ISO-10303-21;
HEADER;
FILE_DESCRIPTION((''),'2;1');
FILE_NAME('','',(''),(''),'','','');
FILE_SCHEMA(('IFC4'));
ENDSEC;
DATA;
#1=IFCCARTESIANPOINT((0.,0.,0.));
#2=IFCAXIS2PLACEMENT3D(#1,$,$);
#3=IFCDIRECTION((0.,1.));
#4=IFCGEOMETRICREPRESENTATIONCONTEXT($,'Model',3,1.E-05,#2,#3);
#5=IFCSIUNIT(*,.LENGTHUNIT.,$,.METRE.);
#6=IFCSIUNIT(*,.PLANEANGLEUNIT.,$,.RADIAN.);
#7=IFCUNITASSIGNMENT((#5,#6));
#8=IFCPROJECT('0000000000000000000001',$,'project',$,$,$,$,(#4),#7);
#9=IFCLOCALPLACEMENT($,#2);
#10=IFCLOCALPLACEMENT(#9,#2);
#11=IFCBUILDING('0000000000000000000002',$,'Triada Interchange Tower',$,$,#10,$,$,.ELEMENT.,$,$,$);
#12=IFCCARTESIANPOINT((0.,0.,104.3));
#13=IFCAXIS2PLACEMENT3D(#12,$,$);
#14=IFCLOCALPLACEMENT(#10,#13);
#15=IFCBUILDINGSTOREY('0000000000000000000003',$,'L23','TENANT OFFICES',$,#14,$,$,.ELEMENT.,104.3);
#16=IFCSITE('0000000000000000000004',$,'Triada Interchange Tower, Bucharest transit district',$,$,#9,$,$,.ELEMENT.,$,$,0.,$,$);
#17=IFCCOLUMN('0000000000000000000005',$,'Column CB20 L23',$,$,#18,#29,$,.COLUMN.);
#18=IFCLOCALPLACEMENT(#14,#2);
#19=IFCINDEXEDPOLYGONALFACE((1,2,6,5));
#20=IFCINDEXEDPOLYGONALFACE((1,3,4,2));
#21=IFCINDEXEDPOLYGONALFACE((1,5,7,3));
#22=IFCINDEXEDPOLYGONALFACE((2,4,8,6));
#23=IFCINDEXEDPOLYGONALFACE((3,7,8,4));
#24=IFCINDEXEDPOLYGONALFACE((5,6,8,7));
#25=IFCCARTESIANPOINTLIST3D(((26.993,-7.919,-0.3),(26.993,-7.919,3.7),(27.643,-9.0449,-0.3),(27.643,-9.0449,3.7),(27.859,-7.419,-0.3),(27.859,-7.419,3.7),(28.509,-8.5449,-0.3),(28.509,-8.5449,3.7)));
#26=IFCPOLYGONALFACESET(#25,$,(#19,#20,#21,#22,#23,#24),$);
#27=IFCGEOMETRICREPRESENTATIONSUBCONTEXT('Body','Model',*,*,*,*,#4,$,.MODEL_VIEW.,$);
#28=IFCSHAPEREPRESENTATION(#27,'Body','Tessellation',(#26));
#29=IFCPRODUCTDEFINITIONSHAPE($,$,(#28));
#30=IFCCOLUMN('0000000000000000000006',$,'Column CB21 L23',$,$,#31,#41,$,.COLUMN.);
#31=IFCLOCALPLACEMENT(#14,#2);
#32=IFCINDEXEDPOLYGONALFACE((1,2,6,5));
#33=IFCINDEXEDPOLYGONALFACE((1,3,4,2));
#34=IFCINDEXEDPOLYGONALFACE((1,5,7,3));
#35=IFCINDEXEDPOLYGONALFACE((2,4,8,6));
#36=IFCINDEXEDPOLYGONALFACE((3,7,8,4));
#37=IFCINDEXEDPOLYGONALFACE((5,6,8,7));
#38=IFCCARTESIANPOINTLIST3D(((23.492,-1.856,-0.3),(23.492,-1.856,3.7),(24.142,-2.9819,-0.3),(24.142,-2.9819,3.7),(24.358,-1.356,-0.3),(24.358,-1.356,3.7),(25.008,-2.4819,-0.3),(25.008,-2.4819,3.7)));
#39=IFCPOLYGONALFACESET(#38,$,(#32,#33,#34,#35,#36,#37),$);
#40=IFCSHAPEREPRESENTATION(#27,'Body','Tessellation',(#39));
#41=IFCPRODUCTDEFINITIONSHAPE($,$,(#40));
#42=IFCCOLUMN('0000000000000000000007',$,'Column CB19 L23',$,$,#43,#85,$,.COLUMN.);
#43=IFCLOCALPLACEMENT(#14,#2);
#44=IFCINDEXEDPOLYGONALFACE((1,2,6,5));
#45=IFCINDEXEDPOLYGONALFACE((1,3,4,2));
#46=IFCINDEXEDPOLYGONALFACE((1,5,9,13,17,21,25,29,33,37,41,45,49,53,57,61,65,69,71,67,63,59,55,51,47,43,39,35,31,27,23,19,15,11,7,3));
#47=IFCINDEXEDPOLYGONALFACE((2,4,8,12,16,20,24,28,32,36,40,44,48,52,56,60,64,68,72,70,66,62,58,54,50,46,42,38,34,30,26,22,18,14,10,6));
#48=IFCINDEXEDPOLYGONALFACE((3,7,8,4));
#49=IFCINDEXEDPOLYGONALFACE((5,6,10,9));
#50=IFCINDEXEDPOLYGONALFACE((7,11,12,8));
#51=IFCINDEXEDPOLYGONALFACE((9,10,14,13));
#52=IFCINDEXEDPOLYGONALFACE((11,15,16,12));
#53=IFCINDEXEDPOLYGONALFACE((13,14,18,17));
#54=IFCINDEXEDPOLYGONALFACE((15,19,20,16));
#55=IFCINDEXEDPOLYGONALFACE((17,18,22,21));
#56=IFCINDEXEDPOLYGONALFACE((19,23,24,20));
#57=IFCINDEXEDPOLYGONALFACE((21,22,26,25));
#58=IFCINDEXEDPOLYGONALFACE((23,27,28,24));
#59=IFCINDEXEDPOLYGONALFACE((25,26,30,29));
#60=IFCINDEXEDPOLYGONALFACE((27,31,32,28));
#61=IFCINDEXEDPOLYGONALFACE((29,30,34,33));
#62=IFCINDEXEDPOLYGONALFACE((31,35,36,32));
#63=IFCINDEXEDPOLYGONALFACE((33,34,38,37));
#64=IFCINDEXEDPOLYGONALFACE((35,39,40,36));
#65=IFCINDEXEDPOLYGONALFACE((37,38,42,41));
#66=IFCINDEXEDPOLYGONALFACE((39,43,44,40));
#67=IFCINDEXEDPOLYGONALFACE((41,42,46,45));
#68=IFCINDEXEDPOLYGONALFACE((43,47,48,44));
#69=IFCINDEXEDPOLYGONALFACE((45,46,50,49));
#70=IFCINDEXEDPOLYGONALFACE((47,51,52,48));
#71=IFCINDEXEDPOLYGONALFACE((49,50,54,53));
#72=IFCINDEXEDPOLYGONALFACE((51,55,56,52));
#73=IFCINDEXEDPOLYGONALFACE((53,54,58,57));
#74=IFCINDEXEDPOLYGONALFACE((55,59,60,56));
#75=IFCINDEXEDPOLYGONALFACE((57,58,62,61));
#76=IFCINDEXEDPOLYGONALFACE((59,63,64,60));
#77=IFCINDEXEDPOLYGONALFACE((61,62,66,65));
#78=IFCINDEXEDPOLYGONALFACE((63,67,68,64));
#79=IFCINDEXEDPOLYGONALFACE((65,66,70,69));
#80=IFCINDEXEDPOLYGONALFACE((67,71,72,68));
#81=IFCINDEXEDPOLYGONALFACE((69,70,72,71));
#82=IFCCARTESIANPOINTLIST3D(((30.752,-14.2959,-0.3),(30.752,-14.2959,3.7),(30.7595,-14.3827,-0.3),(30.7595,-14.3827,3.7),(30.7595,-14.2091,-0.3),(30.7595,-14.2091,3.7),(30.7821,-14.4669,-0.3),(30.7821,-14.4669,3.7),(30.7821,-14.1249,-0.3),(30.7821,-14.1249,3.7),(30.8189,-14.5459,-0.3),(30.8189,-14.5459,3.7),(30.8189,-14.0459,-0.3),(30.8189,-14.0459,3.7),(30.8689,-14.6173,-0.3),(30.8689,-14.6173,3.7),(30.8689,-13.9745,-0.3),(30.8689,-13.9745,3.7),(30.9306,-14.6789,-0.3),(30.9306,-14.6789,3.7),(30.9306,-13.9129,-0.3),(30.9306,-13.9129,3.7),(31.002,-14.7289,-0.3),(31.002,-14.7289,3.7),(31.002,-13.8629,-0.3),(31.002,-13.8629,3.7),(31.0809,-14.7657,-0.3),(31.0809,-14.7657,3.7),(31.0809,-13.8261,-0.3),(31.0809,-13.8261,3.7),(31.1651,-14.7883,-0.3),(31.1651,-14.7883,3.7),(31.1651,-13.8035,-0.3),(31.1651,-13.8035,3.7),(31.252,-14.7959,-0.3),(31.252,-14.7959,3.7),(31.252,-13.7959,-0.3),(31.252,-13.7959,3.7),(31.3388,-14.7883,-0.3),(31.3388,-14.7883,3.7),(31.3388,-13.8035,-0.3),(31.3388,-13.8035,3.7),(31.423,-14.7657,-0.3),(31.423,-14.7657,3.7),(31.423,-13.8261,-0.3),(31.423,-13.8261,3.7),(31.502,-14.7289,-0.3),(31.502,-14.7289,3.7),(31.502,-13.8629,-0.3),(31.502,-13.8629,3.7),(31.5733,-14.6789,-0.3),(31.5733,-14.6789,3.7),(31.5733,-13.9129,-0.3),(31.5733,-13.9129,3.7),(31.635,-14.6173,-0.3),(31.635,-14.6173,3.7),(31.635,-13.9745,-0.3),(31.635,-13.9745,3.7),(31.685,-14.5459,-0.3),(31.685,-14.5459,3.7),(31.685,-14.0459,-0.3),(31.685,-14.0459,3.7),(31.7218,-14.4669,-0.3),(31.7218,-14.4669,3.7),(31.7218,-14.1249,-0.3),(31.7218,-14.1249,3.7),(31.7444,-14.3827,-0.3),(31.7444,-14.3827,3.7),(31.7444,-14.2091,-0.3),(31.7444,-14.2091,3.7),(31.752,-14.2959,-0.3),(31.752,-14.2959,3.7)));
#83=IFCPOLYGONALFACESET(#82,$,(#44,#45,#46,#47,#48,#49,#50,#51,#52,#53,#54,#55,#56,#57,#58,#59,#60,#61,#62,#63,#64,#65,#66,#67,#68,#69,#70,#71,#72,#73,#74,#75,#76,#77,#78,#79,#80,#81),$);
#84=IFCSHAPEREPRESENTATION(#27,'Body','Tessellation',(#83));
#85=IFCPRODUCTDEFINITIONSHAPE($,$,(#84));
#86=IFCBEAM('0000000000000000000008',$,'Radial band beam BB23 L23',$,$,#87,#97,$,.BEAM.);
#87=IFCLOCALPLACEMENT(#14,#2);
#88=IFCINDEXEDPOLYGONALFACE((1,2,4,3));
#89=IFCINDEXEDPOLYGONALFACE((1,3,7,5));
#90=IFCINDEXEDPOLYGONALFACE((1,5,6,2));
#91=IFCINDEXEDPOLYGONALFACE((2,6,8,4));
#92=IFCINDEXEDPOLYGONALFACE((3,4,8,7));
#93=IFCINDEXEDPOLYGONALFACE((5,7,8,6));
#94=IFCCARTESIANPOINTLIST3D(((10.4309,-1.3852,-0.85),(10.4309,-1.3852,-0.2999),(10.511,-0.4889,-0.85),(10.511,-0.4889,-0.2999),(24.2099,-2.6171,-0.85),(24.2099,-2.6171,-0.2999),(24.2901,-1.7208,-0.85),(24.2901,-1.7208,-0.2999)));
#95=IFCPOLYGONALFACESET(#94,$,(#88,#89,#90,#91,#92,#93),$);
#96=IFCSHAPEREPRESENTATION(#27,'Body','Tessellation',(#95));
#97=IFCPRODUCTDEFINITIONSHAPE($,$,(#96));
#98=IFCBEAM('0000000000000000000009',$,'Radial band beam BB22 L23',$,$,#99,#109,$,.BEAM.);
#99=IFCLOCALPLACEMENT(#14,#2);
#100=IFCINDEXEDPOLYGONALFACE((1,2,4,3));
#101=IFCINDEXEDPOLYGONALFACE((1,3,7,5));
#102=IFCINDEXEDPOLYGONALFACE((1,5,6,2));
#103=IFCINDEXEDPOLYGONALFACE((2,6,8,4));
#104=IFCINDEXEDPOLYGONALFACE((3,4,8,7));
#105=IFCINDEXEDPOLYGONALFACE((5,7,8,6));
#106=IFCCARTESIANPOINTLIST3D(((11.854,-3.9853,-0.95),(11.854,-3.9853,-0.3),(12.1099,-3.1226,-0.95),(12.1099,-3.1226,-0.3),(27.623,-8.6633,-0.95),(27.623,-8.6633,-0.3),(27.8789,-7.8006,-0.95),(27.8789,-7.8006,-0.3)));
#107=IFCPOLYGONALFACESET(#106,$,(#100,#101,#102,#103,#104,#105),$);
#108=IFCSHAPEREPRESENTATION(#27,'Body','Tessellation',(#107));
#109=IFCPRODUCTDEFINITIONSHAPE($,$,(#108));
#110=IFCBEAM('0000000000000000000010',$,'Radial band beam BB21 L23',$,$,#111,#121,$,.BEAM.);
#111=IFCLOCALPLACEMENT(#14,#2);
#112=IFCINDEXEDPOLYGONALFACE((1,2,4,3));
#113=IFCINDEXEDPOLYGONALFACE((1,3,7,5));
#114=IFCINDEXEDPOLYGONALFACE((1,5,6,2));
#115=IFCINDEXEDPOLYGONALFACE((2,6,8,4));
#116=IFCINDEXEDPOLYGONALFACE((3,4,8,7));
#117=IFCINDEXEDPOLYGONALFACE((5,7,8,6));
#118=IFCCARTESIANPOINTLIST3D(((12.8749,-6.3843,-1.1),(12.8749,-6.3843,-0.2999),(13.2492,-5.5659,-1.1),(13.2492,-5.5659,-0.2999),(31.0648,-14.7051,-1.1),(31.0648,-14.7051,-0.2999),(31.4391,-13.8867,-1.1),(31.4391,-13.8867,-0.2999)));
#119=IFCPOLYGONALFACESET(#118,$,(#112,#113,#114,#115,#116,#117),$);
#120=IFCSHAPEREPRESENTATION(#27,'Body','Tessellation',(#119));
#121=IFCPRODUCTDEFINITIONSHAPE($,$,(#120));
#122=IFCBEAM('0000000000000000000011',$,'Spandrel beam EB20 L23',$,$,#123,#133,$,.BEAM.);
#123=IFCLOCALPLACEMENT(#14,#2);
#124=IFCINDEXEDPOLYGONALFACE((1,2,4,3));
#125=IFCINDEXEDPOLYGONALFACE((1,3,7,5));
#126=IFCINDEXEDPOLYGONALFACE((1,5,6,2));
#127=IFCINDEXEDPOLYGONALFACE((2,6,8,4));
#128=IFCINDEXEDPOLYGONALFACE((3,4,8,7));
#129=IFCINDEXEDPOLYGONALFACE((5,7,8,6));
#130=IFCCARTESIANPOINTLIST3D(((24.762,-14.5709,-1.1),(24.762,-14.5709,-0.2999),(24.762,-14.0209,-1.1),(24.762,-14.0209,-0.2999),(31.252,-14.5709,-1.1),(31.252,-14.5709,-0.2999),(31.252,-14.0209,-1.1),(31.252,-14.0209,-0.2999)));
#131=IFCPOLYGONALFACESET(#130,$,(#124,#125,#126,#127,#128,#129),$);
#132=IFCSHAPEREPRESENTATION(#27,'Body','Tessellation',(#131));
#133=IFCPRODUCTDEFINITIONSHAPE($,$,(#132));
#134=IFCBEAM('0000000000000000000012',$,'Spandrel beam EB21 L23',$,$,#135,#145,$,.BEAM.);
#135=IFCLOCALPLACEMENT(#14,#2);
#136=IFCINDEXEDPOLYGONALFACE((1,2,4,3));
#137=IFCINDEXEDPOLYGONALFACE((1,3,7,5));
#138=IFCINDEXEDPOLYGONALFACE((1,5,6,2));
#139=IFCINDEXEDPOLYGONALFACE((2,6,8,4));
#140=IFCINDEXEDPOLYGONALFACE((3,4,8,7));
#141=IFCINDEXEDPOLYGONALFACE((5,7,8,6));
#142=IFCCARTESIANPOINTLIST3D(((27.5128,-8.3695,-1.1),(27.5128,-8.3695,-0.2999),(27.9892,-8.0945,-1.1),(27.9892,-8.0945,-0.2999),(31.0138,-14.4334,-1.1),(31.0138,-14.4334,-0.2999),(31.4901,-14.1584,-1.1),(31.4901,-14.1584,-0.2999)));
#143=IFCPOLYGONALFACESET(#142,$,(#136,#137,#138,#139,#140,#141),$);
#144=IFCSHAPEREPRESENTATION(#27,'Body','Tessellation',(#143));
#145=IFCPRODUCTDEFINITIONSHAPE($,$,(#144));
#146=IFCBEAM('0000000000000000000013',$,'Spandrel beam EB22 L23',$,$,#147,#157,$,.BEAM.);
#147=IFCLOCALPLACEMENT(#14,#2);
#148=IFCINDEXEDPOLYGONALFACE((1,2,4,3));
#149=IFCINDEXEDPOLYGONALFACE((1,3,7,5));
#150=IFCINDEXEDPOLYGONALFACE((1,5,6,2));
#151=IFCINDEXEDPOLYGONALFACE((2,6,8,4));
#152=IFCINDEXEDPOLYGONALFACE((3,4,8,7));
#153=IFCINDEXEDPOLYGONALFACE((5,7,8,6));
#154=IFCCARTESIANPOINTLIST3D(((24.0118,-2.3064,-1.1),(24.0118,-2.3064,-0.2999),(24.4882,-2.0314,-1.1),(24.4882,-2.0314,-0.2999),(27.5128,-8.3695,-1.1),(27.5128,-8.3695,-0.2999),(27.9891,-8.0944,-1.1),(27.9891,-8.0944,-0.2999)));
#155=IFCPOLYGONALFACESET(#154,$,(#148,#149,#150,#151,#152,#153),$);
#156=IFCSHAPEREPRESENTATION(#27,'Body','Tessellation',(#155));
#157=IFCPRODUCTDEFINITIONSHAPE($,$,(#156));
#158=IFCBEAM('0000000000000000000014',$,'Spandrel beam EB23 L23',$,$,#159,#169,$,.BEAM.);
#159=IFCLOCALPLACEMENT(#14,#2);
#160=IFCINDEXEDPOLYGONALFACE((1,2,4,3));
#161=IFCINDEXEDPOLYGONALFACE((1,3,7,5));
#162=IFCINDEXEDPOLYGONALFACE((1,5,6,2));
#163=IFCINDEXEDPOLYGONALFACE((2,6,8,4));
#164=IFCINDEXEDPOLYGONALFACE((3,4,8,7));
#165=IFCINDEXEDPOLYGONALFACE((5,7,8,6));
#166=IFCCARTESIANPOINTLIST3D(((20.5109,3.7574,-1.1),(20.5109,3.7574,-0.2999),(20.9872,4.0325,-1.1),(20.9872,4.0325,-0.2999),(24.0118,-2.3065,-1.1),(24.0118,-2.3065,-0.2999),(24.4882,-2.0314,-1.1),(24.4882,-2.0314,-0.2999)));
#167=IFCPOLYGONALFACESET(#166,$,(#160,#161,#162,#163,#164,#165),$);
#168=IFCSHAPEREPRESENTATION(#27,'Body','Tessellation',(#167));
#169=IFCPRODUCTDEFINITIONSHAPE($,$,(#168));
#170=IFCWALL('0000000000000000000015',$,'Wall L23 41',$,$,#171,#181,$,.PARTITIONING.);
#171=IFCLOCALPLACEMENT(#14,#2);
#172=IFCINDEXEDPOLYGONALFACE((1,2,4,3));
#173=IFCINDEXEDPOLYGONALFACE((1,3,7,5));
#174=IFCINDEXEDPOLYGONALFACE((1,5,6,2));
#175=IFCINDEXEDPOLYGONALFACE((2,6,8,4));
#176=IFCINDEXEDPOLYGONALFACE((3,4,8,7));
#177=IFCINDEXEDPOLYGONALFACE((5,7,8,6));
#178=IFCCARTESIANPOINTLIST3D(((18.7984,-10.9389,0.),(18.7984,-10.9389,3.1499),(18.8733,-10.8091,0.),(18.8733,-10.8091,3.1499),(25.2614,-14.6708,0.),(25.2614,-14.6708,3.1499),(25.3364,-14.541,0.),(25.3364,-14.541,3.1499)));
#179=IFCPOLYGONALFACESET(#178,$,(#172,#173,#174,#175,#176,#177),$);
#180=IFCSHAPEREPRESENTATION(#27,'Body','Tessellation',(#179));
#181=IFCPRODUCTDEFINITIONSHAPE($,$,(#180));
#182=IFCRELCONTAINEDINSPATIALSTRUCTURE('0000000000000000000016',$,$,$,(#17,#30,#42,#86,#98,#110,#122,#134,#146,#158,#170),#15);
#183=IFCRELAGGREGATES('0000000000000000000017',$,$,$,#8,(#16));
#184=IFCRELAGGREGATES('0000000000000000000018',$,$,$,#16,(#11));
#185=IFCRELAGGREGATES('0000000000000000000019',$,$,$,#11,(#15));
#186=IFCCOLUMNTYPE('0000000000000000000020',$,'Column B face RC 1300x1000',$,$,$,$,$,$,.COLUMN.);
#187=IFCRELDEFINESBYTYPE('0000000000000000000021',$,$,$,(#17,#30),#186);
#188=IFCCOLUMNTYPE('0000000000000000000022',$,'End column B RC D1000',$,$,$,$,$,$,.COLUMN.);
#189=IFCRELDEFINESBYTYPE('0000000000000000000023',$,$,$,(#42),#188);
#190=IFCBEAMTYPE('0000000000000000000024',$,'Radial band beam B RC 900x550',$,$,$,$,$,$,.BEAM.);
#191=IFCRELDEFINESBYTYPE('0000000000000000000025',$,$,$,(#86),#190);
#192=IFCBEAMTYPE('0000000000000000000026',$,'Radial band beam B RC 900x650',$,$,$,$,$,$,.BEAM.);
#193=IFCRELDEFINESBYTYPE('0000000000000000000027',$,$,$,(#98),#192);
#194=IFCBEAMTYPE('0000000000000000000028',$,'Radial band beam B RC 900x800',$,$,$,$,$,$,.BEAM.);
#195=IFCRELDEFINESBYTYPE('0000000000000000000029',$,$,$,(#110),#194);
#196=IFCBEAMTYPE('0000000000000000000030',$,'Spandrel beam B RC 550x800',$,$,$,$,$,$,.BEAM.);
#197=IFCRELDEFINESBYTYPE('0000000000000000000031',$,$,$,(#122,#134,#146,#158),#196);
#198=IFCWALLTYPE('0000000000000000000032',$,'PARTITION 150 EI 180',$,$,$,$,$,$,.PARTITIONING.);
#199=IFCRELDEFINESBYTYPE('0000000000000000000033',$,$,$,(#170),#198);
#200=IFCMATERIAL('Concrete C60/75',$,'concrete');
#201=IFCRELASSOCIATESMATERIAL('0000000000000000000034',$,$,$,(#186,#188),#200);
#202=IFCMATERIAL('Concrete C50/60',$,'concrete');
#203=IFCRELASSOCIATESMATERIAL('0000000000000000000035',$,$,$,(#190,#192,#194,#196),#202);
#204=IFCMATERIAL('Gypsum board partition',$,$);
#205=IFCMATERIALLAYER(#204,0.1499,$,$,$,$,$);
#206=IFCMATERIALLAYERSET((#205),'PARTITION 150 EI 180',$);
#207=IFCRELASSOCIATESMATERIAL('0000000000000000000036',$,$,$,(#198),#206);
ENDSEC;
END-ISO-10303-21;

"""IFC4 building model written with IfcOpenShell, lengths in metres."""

from ifc_helpers import new_model, si_unit, direction, frame, frame_2d, origin, origin_2d, place, context, subcontext, project, spatial, rectangle, circle, extrude, material, layer, layer_set, material_profile, profile_set, type_object, element, save


model = new_model("IFC4")

# Units and contexts
model_context = context("Model", 3, precision=1e-05, world=origin(), true_north=direction((0.0, 1.0)))
body_context = subcontext(model_context, "Body", "Model", "MODEL_VIEW")
ifc_project = project(units=[si_unit("LENGTHUNIT", "METRE"), si_unit("PLANEANGLEUNIT", "RADIAN")], contexts=[model_context])

# Site, building, storey
site_placement = place(None, origin())
site = spatial("IfcSite", under=ifc_project, at=site_placement, Name="Triada Interchange Tower, Bucharest transit district", CompositionType="ELEMENT", RefElevation=0.0)
building_placement = place(site_placement, origin())
building = spatial("IfcBuilding", under=site, at=building_placement, Name="Triada Interchange Tower", CompositionType="ELEMENT")
storey_placement = place(building_placement, frame((0.0, 0.0, 104.3)))
storey = spatial("IfcBuildingStorey", under=building, at=storey_placement, Name="L23", Description="TENANT OFFICES", CompositionType="ELEMENT", Elevation=104.3)

# Columns
ifc_material_1 = material(Name="Concrete C60/75", Category="concrete")
ifc_material_profile_1 = material_profile(ifc_material_1, rectangle(XDim=1.3, YDim=1.0, at=origin_2d()), Name="RC 1300x1000")
ifc_profile_set_1 = profile_set([ifc_material_profile_1], Name="Concrete C60/75")
column_type_1 = type_object("IfcColumnType", Name="Column B face RC 1300x1000", PredefinedType="COLUMN", material=ifc_profile_set_1)
for number, where, z_axis, x_axis, name in (
    (1, (27.751, -8.2319, -0.3), (0.0, 0.0, 1.0), (-0.5, 0.866025, 0.0), "Column CB20 L23"),
    (2, (24.25, -2.1689, -0.3), (0.0, 0.0, 1.0), (-0.5, 0.866025, 0.0), "Column CB21 L23"),
):
    element("IfcColumn", number, at=place(storey_placement, frame(where, z_axis=z_axis, x_axis=x_axis)), inside=storey, type_object=column_type_1, Name=name, PredefinedType="COLUMN", context=body_context, shape_type="SweptSolid", body=[
        extrude(rectangle(XDim=1.3, YDim=1.0, at=origin_2d()), origin(), (0.0, 0.0, 1.0), 4.0),
    ])
ifc_material_profile_2 = material_profile(ifc_material_1, circle(Radius=0.5, at=origin_2d()), Name="RC D1000")
ifc_profile_set_2 = profile_set([ifc_material_profile_2], Name="Concrete C60/75")
column_type_2 = type_object("IfcColumnType", Name="End column B RC D1000", PredefinedType="COLUMN", material=ifc_profile_set_2)
column_placement = place(storey_placement, frame((31.252, -14.2959, -0.3), z_axis=(0.0, 0.0, 1.0), x_axis=(-0.5, 0.866025, 0.0)))
element("IfcColumn", 3, at=column_placement, inside=storey, type_object=column_type_2, Name="Column CB19 L23", PredefinedType="COLUMN", context=body_context, shape_type="SweptSolid", body=[
    extrude(circle(Radius=0.5, at=origin_2d()), origin(), (0.0, 0.0, 1.0), 4.0),
])

# Beams
ifc_material_2 = material(Name="Concrete C50/60", Category="concrete")
ifc_material_profile_3 = material_profile(ifc_material_2, rectangle(XDim=0.8999, YDim=0.55, at=origin_2d()), Name="RC 900x550")
ifc_profile_set_3 = profile_set([ifc_material_profile_3], Name="Concrete C50/60")
beam_type_1 = type_object("IfcBeamType", Name="Radial band beam B RC 900x550", PredefinedType="BEAM", material=ifc_profile_set_3)
beam_1_placement = place(storey_placement, frame((24.25, -2.1689, -0.575), z_axis=(-0.996027, 0.089051, 0.0), x_axis=(-0.089051, -0.996027, 0.0)))
element("IfcBeam", 4, at=beam_1_placement, inside=storey, type_object=beam_type_1, Name="Radial band beam BB23 L23", PredefinedType="BEAM", context=body_context, shape_type="SweptSolid", body=[
    extrude(rectangle(XDim=0.8999, YDim=0.55, at=origin_2d()), origin(), (0.0, 0.0, 1.0), 13.834),
])
ifc_material_profile_4 = material_profile(ifc_material_2, rectangle(XDim=0.8999, YDim=0.6499, at=origin_2d()), Name="RC 900x650")
ifc_profile_set_4 = profile_set([ifc_material_profile_4], Name="Concrete C50/60")
beam_type_2 = type_object("IfcBeamType", Name="Radial band beam B RC 900x650", PredefinedType="BEAM", material=ifc_profile_set_4)
beam_2_placement = place(storey_placement, frame((27.751, -8.2319, -0.625), z_axis=(-0.958704, 0.284405, 0.0), x_axis=(-0.284405, -0.958704, 0.0)))
element("IfcBeam", 5, at=beam_2_placement, inside=storey, type_object=beam_type_2, Name="Radial band beam BB22 L23", PredefinedType="BEAM", context=body_context, shape_type="SweptSolid", body=[
    extrude(rectangle(XDim=0.8999, YDim=0.6499, at=origin_2d()), origin(), (0.0, 0.0, 1.0), 16.4482),
])
ifc_material_profile_5 = material_profile(ifc_material_2, rectangle(XDim=0.8999, YDim=0.8, at=origin_2d()), Name="RC 900x800")
ifc_profile_set_5 = profile_set([ifc_material_profile_5], Name="Concrete C50/60")
beam_type_3 = type_object("IfcBeamType", Name="Radial band beam B RC 900x800", PredefinedType="BEAM", material=ifc_profile_set_5)
beam_3_placement = place(storey_placement, frame((31.252, -14.2959, -0.7), z_axis=(-0.909372, 0.415983, 0.0), x_axis=(-0.415983, -0.909372, 0.0)))
element("IfcBeam", 6, at=beam_3_placement, inside=storey, type_object=beam_type_3, Name="Radial band beam BB21 L23", PredefinedType="BEAM", context=body_context, shape_type="SweptSolid", body=[
    extrude(rectangle(XDim=0.8999, YDim=0.8, at=origin_2d()), origin(), (0.0, 0.0, 1.0), 20.0027),
])
ifc_material_profile_6 = material_profile(ifc_material_2, rectangle(XDim=0.55, YDim=0.8, at=origin_2d()), Name="RC 550x800")
ifc_profile_set_6 = profile_set([ifc_material_profile_6], Name="Concrete C50/60")
beam_type_4 = type_object("IfcBeamType", Name="Spandrel beam B RC 550x800", PredefinedType="BEAM", material=ifc_profile_set_6)
beam_4_placement = place(storey_placement, frame((24.762, -14.2959, -0.7), z_axis=(1.0, 0.0, 0.0), x_axis=(0.0, 1.0, 0.0)))
element("IfcBeam", 7, at=beam_4_placement, inside=storey, type_object=beam_type_4, Name="Spandrel beam EB20 L23", PredefinedType="BEAM", context=body_context, shape_type="SweptSolid", body=[
    extrude(rectangle(XDim=0.55, YDim=0.8, at=origin_2d()), origin(), (0.0, 0.0, 1.0), 6.49),
])
beam_5_placement = place(storey_placement, frame((31.252, -14.2959, -0.7), z_axis=(-0.499994, 0.866029, 0.0), x_axis=(-0.866029, -0.499994, 0.0)))
element("IfcBeam", 8, at=beam_5_placement, inside=storey, type_object=beam_type_4, Name="Spandrel beam EB21 L23", PredefinedType="BEAM", context=body_context, shape_type="SweptSolid", body=[
    extrude(rectangle(XDim=0.55, YDim=0.8, at=origin_2d()), origin(), (0.0, 0.0, 1.0), 7.002),
])
beam_6_placement = place(storey_placement, frame((27.751, -8.2319, -0.7), z_axis=(-0.500054, 0.865994, 0.0), x_axis=(-0.865994, -0.500054, 0.0)))
element("IfcBeam", 9, at=beam_6_placement, inside=storey, type_object=beam_type_4, Name="Spandrel beam EB22 L23", PredefinedType="BEAM", context=body_context, shape_type="SweptSolid", body=[
    extrude(rectangle(XDim=0.55, YDim=0.8, at=origin_2d()), origin(), (0.0, 0.0, 1.0), 7.0012),
])
beam_7_placement = place(storey_placement, frame((24.25, -2.1689, -0.7), z_axis=(-0.499994, 0.866029, 0.0), x_axis=(-0.866029, -0.499994, 0.0)))
element("IfcBeam", 10, at=beam_7_placement, inside=storey, type_object=beam_type_4, Name="Spandrel beam EB23 L23", PredefinedType="BEAM", context=body_context, shape_type="SweptSolid", body=[
    extrude(rectangle(XDim=0.55, YDim=0.8, at=origin_2d()), origin(), (0.0, 0.0, 1.0), 7.002),
])

# Wall
ifc_material_3 = material(Name="Gypsum board partition")
ifc_layer_1 = layer(ifc_material_3, 0.1499)
ifc_layer_set_1 = layer_set([ifc_layer_1], Name="PARTITION 150 EI 180")
wall_type_1 = type_object("IfcWallType", Name="PARTITION 150 EI 180", PredefinedType="PARTITIONING", material=ifc_layer_set_1)
wall_1_placement = place(storey_placement, frame((18.8359, -10.874, 0.0), z_axis=(0.0, 0.0, 1.0), x_axis=(0.866, -0.500044, 0.0)))
element("IfcWall", 11, at=wall_1_placement, inside=storey, type_object=wall_type_1, Name="Wall L23 41", PredefinedType="PARTITIONING", context=body_context, shape_type="SweptSolid", body=[
    extrude(rectangle(XDim=7.4631, YDim=0.1499, at=frame_2d((3.7314, 0.0))), origin(), (0.0, 0.0, 1.0), 3.1499),
])

save(model, "model.ifc")
